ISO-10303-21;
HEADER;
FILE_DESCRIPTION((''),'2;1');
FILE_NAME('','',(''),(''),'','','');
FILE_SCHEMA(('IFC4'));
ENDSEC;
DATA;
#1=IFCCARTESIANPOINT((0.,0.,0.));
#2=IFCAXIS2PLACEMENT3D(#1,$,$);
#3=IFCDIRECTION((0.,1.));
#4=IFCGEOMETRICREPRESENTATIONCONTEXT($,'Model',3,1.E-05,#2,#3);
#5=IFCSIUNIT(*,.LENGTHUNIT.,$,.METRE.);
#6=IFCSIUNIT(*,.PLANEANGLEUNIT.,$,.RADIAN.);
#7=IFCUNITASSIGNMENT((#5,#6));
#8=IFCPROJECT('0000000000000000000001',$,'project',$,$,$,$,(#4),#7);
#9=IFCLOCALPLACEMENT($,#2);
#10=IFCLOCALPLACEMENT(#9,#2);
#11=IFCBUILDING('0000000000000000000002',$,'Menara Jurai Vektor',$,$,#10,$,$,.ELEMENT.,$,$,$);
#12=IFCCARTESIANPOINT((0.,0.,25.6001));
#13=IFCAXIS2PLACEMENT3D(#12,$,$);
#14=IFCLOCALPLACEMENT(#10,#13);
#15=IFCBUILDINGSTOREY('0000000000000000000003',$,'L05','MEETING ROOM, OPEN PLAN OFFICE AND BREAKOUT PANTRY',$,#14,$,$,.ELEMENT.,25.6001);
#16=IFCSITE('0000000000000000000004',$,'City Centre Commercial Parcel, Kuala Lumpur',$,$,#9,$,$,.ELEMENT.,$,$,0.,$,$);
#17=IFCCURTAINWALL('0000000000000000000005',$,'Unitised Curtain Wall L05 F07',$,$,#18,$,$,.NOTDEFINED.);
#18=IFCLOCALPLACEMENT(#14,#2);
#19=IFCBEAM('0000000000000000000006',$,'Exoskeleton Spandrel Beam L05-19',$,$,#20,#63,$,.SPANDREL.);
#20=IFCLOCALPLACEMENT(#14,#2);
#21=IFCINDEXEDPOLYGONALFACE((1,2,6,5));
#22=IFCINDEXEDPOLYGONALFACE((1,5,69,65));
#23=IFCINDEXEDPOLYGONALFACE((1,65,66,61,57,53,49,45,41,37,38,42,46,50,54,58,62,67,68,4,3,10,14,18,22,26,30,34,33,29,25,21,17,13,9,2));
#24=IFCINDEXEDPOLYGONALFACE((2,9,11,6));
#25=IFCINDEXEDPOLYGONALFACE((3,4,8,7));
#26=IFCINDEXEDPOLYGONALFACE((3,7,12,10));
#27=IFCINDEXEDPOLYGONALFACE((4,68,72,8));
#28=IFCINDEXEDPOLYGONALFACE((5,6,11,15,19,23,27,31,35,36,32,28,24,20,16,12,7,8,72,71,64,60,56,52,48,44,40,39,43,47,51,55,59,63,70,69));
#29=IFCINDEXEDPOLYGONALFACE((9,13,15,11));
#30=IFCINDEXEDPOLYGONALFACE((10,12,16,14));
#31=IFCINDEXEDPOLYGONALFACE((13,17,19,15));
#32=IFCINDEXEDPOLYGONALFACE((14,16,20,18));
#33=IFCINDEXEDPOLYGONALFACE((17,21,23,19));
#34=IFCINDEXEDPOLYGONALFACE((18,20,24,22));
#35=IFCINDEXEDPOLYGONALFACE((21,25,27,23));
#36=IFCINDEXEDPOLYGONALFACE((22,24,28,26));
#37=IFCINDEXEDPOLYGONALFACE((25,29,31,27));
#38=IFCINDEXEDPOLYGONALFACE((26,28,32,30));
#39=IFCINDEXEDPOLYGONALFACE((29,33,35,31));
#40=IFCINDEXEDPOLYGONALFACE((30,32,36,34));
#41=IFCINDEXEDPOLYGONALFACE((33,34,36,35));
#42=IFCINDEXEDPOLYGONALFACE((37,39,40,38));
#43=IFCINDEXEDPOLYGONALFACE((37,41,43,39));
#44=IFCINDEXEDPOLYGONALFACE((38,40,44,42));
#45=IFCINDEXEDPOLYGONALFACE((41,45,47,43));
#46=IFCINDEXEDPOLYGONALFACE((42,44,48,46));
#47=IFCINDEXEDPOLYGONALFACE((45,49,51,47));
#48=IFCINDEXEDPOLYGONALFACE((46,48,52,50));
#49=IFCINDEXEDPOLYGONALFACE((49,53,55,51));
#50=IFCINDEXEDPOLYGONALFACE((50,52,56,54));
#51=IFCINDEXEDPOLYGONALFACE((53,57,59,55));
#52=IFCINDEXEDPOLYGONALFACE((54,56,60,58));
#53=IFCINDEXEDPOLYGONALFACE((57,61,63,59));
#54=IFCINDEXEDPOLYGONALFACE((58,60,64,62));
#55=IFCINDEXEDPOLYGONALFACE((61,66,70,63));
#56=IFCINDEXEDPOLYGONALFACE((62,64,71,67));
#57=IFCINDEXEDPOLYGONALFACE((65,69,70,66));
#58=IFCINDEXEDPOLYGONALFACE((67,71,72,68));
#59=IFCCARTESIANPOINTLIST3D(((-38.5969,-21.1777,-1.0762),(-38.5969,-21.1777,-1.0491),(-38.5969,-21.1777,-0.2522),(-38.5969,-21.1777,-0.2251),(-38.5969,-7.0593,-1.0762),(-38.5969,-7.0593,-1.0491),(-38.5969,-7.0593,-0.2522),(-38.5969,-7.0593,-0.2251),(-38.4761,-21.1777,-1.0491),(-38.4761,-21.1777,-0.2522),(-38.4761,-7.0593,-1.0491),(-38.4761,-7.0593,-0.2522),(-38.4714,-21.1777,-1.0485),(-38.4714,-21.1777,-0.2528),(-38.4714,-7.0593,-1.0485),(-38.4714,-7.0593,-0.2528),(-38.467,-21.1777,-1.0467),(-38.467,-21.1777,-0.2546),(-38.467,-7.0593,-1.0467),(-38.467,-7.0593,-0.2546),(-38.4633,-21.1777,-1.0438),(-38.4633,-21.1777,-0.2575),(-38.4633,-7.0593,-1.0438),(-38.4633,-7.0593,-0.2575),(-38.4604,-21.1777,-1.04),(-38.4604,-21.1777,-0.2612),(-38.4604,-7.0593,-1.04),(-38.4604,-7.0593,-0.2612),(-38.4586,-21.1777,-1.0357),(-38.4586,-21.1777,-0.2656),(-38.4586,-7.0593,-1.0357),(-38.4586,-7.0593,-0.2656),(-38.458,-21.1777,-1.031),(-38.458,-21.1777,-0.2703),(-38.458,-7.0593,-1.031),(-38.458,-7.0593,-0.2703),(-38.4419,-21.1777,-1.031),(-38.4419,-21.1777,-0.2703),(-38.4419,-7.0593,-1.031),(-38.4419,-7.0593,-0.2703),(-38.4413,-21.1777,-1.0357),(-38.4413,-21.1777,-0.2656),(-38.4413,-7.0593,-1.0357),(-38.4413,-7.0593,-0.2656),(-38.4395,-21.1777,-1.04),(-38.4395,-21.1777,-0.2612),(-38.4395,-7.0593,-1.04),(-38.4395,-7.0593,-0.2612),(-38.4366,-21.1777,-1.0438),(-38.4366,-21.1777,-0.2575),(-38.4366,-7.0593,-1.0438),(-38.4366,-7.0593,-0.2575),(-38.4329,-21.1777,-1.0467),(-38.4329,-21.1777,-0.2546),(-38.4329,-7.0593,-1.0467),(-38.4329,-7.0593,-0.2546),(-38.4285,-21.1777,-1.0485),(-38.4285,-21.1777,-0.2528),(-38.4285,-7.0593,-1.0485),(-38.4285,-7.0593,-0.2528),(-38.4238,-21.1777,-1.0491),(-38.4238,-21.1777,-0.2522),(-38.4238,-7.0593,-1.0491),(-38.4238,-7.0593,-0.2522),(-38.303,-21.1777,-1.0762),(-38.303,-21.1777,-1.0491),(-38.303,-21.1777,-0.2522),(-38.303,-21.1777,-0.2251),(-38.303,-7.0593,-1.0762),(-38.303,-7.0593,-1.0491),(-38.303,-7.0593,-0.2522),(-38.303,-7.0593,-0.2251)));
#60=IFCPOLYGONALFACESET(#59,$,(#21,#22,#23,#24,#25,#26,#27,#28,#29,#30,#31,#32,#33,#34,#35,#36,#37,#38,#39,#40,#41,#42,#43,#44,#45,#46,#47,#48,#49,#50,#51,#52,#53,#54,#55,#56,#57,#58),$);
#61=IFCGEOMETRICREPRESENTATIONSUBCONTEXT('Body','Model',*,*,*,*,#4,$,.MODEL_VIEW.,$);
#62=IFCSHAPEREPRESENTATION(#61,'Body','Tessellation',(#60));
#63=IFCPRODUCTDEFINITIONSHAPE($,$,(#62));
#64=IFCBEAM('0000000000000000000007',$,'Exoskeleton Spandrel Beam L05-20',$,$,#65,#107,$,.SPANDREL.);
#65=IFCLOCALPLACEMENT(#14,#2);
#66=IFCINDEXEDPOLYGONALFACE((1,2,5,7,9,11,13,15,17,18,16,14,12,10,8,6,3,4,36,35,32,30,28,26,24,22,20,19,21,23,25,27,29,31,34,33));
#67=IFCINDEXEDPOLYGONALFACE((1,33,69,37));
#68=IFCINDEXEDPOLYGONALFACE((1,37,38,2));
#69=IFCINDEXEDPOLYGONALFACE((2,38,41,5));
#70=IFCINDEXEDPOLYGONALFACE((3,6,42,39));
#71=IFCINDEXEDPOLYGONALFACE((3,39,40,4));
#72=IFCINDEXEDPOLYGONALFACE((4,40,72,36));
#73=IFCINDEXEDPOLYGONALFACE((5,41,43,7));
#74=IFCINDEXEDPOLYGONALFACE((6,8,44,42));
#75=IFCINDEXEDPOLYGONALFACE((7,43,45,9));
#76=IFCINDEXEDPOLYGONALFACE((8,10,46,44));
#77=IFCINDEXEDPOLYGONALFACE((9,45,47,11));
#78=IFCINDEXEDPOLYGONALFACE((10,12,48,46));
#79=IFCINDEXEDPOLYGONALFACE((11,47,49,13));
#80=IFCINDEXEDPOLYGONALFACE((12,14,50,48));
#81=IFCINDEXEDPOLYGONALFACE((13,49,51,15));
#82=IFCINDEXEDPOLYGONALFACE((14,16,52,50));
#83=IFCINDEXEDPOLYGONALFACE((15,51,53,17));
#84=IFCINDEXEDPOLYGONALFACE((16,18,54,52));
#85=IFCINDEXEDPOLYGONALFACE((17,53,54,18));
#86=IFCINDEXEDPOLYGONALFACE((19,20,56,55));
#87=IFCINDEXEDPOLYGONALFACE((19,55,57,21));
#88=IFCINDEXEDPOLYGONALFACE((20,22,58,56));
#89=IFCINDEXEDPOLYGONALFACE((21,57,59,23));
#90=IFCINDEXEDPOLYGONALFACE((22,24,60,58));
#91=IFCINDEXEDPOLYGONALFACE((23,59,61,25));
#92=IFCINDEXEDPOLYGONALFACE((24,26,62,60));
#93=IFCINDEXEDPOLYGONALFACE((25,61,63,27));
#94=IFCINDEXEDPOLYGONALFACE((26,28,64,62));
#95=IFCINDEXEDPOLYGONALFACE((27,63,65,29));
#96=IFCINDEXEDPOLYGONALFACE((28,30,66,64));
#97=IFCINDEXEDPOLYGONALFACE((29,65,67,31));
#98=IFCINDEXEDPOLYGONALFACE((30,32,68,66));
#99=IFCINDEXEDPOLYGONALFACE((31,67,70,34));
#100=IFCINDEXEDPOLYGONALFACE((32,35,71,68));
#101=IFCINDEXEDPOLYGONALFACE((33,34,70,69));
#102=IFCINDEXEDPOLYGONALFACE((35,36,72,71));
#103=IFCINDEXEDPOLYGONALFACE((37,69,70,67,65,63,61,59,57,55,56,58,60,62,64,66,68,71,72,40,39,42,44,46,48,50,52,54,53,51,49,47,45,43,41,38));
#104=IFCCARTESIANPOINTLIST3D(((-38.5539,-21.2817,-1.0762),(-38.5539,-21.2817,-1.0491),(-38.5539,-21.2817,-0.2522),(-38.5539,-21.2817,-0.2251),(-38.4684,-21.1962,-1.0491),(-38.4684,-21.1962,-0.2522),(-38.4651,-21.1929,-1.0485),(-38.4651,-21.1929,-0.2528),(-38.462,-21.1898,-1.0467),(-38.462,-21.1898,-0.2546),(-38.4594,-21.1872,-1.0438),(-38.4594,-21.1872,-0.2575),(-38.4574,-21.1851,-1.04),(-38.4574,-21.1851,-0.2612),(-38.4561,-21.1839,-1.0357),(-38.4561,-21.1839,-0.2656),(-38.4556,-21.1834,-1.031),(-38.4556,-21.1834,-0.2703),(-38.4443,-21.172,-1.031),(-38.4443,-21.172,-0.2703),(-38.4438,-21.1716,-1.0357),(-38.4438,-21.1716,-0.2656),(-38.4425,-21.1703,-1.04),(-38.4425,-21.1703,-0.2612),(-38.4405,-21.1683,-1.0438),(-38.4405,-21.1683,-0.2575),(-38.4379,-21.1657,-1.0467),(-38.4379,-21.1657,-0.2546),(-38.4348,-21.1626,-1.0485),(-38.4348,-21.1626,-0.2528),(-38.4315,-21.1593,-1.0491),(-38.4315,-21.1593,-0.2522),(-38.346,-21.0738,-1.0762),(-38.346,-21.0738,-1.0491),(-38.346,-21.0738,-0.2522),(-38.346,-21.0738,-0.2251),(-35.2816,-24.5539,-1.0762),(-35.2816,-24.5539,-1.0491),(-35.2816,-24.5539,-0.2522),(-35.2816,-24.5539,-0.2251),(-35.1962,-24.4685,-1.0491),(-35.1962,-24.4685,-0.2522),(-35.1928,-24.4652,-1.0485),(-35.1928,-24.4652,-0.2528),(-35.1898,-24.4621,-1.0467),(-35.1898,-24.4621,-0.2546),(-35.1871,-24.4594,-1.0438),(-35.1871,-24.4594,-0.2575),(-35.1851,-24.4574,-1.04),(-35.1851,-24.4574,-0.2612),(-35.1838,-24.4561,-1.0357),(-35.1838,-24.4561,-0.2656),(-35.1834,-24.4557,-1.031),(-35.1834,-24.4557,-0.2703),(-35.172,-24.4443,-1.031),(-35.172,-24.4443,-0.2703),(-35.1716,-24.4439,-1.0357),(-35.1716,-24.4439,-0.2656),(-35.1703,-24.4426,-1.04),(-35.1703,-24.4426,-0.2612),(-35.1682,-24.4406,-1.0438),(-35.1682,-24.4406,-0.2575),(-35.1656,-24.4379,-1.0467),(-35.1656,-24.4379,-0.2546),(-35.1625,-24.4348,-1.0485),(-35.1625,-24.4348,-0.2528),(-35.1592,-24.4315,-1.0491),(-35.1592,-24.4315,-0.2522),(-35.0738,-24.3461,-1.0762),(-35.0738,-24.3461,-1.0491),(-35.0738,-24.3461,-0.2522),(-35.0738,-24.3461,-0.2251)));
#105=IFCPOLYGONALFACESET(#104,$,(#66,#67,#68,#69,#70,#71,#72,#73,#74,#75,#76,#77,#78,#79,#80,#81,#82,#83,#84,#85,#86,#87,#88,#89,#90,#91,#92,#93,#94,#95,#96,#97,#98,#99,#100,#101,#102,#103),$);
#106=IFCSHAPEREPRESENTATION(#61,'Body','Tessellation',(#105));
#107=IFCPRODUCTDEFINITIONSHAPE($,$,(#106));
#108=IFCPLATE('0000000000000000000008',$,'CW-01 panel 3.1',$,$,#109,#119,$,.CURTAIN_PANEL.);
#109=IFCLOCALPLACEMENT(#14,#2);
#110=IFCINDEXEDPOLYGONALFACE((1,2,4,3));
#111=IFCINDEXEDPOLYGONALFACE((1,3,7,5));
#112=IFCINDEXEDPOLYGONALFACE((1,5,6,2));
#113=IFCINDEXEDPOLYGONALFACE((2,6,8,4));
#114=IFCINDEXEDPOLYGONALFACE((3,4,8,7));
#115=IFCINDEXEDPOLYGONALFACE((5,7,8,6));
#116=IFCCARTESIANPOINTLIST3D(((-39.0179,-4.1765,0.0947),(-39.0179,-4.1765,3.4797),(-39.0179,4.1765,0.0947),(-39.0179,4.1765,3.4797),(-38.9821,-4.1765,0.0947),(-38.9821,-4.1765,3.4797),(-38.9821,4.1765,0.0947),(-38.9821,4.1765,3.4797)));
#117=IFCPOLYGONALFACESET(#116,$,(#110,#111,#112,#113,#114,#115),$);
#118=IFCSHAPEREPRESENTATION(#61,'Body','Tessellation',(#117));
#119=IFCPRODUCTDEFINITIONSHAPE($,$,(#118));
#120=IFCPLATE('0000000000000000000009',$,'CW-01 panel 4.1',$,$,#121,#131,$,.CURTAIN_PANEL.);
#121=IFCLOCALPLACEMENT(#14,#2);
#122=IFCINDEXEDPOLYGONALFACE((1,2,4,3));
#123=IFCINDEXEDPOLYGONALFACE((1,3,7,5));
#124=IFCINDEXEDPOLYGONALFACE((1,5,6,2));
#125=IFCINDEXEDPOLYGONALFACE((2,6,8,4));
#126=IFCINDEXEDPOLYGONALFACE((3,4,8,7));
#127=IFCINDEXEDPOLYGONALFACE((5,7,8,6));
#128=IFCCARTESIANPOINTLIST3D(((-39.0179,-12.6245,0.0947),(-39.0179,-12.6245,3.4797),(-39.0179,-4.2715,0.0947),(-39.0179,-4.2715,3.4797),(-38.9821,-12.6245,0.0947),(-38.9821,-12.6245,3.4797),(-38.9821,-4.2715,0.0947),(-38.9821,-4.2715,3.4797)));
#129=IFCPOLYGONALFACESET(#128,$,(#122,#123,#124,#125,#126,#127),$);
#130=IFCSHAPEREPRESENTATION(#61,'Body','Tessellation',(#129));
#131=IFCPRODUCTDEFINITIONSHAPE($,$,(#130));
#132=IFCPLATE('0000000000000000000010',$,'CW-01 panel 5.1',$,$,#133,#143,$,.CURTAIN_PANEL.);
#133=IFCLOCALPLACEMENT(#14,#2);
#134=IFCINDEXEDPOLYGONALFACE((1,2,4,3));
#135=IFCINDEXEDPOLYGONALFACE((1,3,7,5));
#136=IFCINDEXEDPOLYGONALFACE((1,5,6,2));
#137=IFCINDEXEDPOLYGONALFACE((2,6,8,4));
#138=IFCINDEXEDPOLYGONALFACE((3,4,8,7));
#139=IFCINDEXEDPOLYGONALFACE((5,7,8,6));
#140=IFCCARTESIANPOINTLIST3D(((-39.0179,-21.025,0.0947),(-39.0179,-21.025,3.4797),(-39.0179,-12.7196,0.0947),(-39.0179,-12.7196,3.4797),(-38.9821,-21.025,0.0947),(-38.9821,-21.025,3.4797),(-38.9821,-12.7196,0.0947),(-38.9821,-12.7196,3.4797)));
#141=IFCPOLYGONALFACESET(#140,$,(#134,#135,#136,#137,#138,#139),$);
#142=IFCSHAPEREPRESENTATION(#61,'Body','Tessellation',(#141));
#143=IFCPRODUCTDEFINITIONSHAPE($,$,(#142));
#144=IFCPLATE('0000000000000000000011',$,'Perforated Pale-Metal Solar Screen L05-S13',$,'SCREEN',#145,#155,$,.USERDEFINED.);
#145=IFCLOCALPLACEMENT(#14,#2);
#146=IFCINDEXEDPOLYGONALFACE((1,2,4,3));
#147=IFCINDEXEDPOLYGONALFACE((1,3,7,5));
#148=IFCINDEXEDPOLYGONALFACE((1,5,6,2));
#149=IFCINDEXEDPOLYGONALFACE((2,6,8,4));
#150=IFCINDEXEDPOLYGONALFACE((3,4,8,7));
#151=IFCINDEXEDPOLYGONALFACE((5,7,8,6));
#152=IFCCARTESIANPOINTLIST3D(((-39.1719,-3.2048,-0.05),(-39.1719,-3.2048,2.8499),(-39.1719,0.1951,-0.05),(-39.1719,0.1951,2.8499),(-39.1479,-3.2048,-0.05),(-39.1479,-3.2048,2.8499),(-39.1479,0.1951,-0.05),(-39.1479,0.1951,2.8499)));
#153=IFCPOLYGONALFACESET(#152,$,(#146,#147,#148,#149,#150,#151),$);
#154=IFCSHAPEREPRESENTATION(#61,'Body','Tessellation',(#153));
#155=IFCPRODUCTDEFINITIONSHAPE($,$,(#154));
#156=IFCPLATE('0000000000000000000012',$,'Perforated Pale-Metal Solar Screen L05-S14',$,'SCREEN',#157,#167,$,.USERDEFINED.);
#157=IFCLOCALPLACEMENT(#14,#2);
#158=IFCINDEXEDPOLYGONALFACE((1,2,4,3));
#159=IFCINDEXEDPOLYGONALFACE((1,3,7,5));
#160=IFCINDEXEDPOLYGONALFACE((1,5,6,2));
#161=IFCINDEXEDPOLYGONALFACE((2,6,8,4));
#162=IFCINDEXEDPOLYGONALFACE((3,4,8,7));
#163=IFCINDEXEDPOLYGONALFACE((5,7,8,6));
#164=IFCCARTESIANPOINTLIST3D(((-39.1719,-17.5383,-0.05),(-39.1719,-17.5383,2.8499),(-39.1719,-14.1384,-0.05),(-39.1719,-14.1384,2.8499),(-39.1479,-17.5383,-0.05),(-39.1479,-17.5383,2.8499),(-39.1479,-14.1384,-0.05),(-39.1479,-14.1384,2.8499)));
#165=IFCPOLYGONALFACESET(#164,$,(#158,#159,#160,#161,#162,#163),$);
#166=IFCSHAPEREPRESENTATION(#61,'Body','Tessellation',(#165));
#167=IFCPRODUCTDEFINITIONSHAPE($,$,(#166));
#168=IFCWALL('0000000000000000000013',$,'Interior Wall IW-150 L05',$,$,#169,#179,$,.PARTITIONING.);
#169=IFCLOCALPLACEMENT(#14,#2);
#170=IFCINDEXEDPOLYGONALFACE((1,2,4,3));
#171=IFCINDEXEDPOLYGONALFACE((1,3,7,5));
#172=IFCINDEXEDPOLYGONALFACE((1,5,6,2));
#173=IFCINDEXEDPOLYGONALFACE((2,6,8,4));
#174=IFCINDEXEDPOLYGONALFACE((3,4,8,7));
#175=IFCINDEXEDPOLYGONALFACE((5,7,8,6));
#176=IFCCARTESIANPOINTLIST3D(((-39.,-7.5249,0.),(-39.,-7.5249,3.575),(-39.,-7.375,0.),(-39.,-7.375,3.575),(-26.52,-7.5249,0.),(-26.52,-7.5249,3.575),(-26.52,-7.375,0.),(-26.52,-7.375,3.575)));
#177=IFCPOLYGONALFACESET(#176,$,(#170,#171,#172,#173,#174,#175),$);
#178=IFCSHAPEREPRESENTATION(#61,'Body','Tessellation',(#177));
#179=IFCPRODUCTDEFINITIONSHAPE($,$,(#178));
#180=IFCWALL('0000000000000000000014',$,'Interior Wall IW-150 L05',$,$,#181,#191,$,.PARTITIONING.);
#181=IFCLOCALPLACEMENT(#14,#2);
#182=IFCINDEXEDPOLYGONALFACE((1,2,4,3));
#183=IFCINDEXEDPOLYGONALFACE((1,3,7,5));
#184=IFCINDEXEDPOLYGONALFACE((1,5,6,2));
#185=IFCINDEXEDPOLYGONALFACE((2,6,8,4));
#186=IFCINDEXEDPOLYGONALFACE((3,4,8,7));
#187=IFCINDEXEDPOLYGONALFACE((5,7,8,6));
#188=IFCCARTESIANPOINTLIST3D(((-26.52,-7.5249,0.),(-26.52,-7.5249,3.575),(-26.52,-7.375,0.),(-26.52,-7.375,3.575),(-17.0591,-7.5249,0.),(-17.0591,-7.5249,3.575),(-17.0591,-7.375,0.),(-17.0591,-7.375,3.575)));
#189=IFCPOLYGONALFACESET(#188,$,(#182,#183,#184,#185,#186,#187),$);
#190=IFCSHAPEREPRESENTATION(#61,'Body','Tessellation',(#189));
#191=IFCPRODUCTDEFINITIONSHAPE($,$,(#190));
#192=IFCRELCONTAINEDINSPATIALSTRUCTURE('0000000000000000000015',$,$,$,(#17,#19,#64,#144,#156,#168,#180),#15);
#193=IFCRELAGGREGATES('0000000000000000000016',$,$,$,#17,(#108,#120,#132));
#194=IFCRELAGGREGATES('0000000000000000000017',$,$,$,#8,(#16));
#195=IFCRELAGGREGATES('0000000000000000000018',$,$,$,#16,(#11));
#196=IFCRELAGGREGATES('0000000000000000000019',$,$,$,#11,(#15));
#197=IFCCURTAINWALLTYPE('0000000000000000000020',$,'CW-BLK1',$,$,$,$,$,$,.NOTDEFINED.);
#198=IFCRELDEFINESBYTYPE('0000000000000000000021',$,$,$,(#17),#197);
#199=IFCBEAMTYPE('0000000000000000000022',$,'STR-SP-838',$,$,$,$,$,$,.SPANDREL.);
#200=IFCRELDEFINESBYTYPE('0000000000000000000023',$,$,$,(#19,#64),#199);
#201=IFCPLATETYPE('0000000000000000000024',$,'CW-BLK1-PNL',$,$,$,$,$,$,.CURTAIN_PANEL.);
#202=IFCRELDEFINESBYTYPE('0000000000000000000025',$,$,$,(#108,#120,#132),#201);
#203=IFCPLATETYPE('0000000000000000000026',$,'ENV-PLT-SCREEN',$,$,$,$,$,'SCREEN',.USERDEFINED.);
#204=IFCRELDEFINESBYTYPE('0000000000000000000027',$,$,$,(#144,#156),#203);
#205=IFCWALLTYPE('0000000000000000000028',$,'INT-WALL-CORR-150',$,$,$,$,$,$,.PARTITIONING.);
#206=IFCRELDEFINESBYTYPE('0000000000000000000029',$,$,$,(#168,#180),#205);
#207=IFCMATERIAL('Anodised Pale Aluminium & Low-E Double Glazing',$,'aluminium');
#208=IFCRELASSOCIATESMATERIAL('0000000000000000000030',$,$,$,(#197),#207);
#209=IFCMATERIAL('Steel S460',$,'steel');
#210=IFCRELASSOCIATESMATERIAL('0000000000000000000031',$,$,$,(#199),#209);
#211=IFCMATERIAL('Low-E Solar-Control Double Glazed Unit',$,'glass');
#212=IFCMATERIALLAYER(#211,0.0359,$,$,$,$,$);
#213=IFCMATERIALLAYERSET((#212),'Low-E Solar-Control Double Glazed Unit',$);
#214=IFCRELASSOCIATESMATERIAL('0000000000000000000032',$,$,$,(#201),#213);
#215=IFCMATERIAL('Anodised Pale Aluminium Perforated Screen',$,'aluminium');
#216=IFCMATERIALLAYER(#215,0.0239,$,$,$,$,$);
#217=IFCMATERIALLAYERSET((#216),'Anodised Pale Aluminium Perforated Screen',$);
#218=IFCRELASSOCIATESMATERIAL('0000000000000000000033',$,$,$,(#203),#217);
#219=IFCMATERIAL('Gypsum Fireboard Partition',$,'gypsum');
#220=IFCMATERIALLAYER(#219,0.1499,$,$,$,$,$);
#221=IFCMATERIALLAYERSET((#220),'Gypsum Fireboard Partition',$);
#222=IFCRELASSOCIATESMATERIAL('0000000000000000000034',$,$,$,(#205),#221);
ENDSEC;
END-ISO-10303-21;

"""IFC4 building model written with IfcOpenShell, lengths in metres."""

from ifc_helpers import new_model, si_unit, direction, frame, frame_2d, origin, origin_2d, place, context, subcontext, project, spatial, rectangle, i_section, extrude, material, layer, layer_set, material_profile, profile_set, type_object, element, aggregate, save


model = new_model("IFC4")

# Units and contexts
model_context = context("Model", 3, precision=1e-05, world=origin(), true_north=direction((0.0, 1.0)))
body_context = subcontext(model_context, "Body", "Model", "MODEL_VIEW")
ifc_project = project(units=[si_unit("LENGTHUNIT", "METRE"), si_unit("PLANEANGLEUNIT", "RADIAN")], contexts=[model_context])

# Site, building, storey
site_placement = place(None, origin())
site = spatial("IfcSite", under=ifc_project, at=site_placement, Name="City Centre Commercial Parcel, Kuala Lumpur", CompositionType="ELEMENT", RefElevation=0.0)
building_placement = place(site_placement, origin())
building = spatial("IfcBuilding", under=site, at=building_placement, Name="Menara Jurai Vektor", CompositionType="ELEMENT")
storey_placement = place(building_placement, frame((0.0, 0.0, 25.6001)))
storey = spatial("IfcBuildingStorey", under=building, at=storey_placement, Name="L05", Description="MEETING ROOM, OPEN PLAN OFFICE AND BREAKOUT PANTRY", CompositionType="ELEMENT", Elevation=25.6001)

# Shared definitions
ifc_material_1 = material(Name="Steel S460", Category="steel")

# Curtain wall
ifc_material_2 = material(Name="Anodised Pale Aluminium & Low-E Double Glazing", Category="aluminium")
curtain_wall_type = type_object("IfcCurtainWallType", Name="CW-BLK1", PredefinedType="NOTDEFINED", material=ifc_material_2)
curtain_wall_placement = place(storey_placement, origin())
curtain_wall = element("IfcCurtainWall", 1, at=curtain_wall_placement, inside=storey, type_object=curtain_wall_type, Name="Unitised Curtain Wall L05 F07", PredefinedType="NOTDEFINED")

# Beams
ifc_material_profile_1 = material_profile(ifc_material_1, i_section(OverallWidth=0.2939, OverallDepth=0.8511, WebThickness=0.0161, FlangeThickness=0.0271, FilletRadius=0.0181, at=origin_2d()), Name="UKB 838x292x226")
ifc_profile_set_1 = profile_set([ifc_material_profile_1], Name="Steel S460")
beam_type_1 = type_object("IfcBeamType", Name="STR-SP-838", PredefinedType="SPANDREL", material=ifc_profile_set_1)
beam_1_placement = place(storey_placement, frame((-38.45, -7.0593, -0.6506), z_axis=(0.0, -1.0, 0.0), x_axis=(1.0, 0.0, 0.0)))
element("IfcBeam", 2, at=beam_1_placement, inside=storey, type_object=beam_type_1, Name="Exoskeleton Spandrel Beam L05-19", PredefinedType="SPANDREL", context=body_context, shape_type="SweptSolid", body=[
    extrude(i_section(OverallWidth=0.2939, OverallDepth=0.8511, WebThickness=0.0161, FlangeThickness=0.0271, FilletRadius=0.0181, at=origin_2d()), origin(), (0.0, 0.0, 1.0), 14.1184),
])
beam_2_placement = place(storey_placement, frame((-38.45, -21.1777, -0.6506), z_axis=(0.707107, -0.707107, 0.0), x_axis=(0.707107, 0.707107, 0.0)))
element("IfcBeam", 3, at=beam_2_placement, inside=storey, type_object=beam_type_1, Name="Exoskeleton Spandrel Beam L05-20", PredefinedType="SPANDREL", context=body_context, shape_type="SweptSolid", body=[
    extrude(i_section(OverallWidth=0.2939, OverallDepth=0.8511, WebThickness=0.0161, FlangeThickness=0.0271, FilletRadius=0.0181, at=origin_2d()), origin(), (0.0, 0.0, 1.0), 4.6277),
])

# Plates
ifc_material_3 = material(Name="Low-E Solar-Control Double Glazed Unit", Category="glass")
ifc_layer_1 = layer(ifc_material_3, 0.0359)
ifc_layer_set_1 = layer_set([ifc_layer_1], Name="Low-E Solar-Control Double Glazed Unit")
plate_type_1 = type_object("IfcPlateType", Name="CW-BLK1-PNL", PredefinedType="CURTAIN_PANEL", material=ifc_layer_set_1)
plate_1_placement = place(storey_placement, frame((-39.0, 0.0, 0.0947), z_axis=(0.0, 0.0, 1.0), x_axis=(0.0, -1.0, 0.0)))
plate_1 = element("IfcPlate", 4, at=plate_1_placement, type_object=plate_type_1, Name="CW-01 panel 3.1", PredefinedType="CURTAIN_PANEL", context=body_context, shape_type="SweptSolid", body=[
    extrude(rectangle(XDim=8.353, YDim=0.0359, at=origin_2d()), origin(), (0.0, 0.0, 1.0), 3.385),
])
plate_2_placement = place(storey_placement, frame((-39.0, -8.448, 0.0947), z_axis=(0.0, 0.0, 1.0), x_axis=(0.0, -1.0, 0.0)))
plate_2 = element("IfcPlate", 5, at=plate_2_placement, type_object=plate_type_1, Name="CW-01 panel 4.1", PredefinedType="CURTAIN_PANEL", context=body_context, shape_type="SweptSolid", body=[
    extrude(rectangle(XDim=8.353, YDim=0.0359, at=origin_2d()), origin(), (0.0, 0.0, 1.0), 3.385),
])
plate_3_placement = place(storey_placement, frame((-39.0, -16.8723, 0.0947), z_axis=(0.0, 0.0, 1.0), x_axis=(0.0, -1.0, 0.0)))
plate_3 = element("IfcPlate", 6, at=plate_3_placement, type_object=plate_type_1, Name="CW-01 panel 5.1", PredefinedType="CURTAIN_PANEL", context=body_context, shape_type="SweptSolid", body=[
    extrude(rectangle(XDim=8.3054, YDim=0.0359, at=origin_2d()), origin(), (0.0, 0.0, 1.0), 3.385),
])
aggregate(curtain_wall, [plate_1, plate_2, plate_3])

# Plates
ifc_material_4 = material(Name="Anodised Pale Aluminium Perforated Screen", Category="aluminium")
ifc_layer_2 = layer(ifc_material_4, 0.0239)
ifc_layer_set_2 = layer_set([ifc_layer_2], Name="Anodised Pale Aluminium Perforated Screen")
plate_type_2 = type_object("IfcPlateType", Name="ENV-PLT-SCREEN", ElementType="SCREEN", PredefinedType="USERDEFINED", material=ifc_layer_set_2)
for number, where, z_axis, x_axis, name in (
    (7, (-39.1599, -1.5049, -0.05), (0.0, 0.0, 1.0), (0.0, -1.0, 0.0), "Perforated Pale-Metal Solar Screen L05-S13"),
    (8, (-39.1599, -15.8384, -0.05), (0.0, 0.0, 1.0), (0.0, -1.0, 0.0), "Perforated Pale-Metal Solar Screen L05-S14"),
):
    element("IfcPlate", number, at=place(storey_placement, frame(where, z_axis=z_axis, x_axis=x_axis)), inside=storey, type_object=plate_type_2, Name=name, ObjectType="SCREEN", PredefinedType="USERDEFINED", context=body_context, shape_type="SweptSolid", body=[
        extrude(rectangle(XDim=3.3999, YDim=0.0239, at=origin_2d()), origin(), (0.0, 0.0, 1.0), 2.8999),
    ])

# Walls
ifc_material_5 = material(Name="Gypsum Fireboard Partition", Category="gypsum")
ifc_layer_3 = layer(ifc_material_5, 0.1499)
ifc_layer_set_3 = layer_set([ifc_layer_3], Name="Gypsum Fireboard Partition")
wall_type_1 = type_object("IfcWallType", Name="INT-WALL-CORR-150", PredefinedType="PARTITIONING", material=ifc_layer_set_3)
wall_1_placement = place(storey_placement, frame((-39.0, -7.45, 0.0), z_axis=(0.0, 0.0, 1.0), x_axis=(1.0, 0.0, 0.0)))
element("IfcWall", 9, at=wall_1_placement, inside=storey, type_object=wall_type_1, Name="Interior Wall IW-150 L05", PredefinedType="PARTITIONING", context=body_context, shape_type="SweptSolid", body=[
    extrude(rectangle(XDim=12.48, YDim=0.1499, at=frame_2d((6.24, 0.0))), origin(), (0.0, 0.0, 1.0), 3.575),
])
wall_2_placement = place(storey_placement, frame((-26.52, -7.45, 0.0), z_axis=(0.0, 0.0, 1.0), x_axis=(1.0, 0.0, 0.0)))
element("IfcWall", 10, at=wall_2_placement, inside=storey, type_object=wall_type_1, Name="Interior Wall IW-150 L05", PredefinedType="PARTITIONING", context=body_context, shape_type="SweptSolid", body=[
    extrude(rectangle(XDim=9.4609, YDim=0.1499, at=frame_2d((4.7305, 0.0))), origin(), (0.0, 0.0, 1.0), 3.575),
])

save(model, "model.ifc")
